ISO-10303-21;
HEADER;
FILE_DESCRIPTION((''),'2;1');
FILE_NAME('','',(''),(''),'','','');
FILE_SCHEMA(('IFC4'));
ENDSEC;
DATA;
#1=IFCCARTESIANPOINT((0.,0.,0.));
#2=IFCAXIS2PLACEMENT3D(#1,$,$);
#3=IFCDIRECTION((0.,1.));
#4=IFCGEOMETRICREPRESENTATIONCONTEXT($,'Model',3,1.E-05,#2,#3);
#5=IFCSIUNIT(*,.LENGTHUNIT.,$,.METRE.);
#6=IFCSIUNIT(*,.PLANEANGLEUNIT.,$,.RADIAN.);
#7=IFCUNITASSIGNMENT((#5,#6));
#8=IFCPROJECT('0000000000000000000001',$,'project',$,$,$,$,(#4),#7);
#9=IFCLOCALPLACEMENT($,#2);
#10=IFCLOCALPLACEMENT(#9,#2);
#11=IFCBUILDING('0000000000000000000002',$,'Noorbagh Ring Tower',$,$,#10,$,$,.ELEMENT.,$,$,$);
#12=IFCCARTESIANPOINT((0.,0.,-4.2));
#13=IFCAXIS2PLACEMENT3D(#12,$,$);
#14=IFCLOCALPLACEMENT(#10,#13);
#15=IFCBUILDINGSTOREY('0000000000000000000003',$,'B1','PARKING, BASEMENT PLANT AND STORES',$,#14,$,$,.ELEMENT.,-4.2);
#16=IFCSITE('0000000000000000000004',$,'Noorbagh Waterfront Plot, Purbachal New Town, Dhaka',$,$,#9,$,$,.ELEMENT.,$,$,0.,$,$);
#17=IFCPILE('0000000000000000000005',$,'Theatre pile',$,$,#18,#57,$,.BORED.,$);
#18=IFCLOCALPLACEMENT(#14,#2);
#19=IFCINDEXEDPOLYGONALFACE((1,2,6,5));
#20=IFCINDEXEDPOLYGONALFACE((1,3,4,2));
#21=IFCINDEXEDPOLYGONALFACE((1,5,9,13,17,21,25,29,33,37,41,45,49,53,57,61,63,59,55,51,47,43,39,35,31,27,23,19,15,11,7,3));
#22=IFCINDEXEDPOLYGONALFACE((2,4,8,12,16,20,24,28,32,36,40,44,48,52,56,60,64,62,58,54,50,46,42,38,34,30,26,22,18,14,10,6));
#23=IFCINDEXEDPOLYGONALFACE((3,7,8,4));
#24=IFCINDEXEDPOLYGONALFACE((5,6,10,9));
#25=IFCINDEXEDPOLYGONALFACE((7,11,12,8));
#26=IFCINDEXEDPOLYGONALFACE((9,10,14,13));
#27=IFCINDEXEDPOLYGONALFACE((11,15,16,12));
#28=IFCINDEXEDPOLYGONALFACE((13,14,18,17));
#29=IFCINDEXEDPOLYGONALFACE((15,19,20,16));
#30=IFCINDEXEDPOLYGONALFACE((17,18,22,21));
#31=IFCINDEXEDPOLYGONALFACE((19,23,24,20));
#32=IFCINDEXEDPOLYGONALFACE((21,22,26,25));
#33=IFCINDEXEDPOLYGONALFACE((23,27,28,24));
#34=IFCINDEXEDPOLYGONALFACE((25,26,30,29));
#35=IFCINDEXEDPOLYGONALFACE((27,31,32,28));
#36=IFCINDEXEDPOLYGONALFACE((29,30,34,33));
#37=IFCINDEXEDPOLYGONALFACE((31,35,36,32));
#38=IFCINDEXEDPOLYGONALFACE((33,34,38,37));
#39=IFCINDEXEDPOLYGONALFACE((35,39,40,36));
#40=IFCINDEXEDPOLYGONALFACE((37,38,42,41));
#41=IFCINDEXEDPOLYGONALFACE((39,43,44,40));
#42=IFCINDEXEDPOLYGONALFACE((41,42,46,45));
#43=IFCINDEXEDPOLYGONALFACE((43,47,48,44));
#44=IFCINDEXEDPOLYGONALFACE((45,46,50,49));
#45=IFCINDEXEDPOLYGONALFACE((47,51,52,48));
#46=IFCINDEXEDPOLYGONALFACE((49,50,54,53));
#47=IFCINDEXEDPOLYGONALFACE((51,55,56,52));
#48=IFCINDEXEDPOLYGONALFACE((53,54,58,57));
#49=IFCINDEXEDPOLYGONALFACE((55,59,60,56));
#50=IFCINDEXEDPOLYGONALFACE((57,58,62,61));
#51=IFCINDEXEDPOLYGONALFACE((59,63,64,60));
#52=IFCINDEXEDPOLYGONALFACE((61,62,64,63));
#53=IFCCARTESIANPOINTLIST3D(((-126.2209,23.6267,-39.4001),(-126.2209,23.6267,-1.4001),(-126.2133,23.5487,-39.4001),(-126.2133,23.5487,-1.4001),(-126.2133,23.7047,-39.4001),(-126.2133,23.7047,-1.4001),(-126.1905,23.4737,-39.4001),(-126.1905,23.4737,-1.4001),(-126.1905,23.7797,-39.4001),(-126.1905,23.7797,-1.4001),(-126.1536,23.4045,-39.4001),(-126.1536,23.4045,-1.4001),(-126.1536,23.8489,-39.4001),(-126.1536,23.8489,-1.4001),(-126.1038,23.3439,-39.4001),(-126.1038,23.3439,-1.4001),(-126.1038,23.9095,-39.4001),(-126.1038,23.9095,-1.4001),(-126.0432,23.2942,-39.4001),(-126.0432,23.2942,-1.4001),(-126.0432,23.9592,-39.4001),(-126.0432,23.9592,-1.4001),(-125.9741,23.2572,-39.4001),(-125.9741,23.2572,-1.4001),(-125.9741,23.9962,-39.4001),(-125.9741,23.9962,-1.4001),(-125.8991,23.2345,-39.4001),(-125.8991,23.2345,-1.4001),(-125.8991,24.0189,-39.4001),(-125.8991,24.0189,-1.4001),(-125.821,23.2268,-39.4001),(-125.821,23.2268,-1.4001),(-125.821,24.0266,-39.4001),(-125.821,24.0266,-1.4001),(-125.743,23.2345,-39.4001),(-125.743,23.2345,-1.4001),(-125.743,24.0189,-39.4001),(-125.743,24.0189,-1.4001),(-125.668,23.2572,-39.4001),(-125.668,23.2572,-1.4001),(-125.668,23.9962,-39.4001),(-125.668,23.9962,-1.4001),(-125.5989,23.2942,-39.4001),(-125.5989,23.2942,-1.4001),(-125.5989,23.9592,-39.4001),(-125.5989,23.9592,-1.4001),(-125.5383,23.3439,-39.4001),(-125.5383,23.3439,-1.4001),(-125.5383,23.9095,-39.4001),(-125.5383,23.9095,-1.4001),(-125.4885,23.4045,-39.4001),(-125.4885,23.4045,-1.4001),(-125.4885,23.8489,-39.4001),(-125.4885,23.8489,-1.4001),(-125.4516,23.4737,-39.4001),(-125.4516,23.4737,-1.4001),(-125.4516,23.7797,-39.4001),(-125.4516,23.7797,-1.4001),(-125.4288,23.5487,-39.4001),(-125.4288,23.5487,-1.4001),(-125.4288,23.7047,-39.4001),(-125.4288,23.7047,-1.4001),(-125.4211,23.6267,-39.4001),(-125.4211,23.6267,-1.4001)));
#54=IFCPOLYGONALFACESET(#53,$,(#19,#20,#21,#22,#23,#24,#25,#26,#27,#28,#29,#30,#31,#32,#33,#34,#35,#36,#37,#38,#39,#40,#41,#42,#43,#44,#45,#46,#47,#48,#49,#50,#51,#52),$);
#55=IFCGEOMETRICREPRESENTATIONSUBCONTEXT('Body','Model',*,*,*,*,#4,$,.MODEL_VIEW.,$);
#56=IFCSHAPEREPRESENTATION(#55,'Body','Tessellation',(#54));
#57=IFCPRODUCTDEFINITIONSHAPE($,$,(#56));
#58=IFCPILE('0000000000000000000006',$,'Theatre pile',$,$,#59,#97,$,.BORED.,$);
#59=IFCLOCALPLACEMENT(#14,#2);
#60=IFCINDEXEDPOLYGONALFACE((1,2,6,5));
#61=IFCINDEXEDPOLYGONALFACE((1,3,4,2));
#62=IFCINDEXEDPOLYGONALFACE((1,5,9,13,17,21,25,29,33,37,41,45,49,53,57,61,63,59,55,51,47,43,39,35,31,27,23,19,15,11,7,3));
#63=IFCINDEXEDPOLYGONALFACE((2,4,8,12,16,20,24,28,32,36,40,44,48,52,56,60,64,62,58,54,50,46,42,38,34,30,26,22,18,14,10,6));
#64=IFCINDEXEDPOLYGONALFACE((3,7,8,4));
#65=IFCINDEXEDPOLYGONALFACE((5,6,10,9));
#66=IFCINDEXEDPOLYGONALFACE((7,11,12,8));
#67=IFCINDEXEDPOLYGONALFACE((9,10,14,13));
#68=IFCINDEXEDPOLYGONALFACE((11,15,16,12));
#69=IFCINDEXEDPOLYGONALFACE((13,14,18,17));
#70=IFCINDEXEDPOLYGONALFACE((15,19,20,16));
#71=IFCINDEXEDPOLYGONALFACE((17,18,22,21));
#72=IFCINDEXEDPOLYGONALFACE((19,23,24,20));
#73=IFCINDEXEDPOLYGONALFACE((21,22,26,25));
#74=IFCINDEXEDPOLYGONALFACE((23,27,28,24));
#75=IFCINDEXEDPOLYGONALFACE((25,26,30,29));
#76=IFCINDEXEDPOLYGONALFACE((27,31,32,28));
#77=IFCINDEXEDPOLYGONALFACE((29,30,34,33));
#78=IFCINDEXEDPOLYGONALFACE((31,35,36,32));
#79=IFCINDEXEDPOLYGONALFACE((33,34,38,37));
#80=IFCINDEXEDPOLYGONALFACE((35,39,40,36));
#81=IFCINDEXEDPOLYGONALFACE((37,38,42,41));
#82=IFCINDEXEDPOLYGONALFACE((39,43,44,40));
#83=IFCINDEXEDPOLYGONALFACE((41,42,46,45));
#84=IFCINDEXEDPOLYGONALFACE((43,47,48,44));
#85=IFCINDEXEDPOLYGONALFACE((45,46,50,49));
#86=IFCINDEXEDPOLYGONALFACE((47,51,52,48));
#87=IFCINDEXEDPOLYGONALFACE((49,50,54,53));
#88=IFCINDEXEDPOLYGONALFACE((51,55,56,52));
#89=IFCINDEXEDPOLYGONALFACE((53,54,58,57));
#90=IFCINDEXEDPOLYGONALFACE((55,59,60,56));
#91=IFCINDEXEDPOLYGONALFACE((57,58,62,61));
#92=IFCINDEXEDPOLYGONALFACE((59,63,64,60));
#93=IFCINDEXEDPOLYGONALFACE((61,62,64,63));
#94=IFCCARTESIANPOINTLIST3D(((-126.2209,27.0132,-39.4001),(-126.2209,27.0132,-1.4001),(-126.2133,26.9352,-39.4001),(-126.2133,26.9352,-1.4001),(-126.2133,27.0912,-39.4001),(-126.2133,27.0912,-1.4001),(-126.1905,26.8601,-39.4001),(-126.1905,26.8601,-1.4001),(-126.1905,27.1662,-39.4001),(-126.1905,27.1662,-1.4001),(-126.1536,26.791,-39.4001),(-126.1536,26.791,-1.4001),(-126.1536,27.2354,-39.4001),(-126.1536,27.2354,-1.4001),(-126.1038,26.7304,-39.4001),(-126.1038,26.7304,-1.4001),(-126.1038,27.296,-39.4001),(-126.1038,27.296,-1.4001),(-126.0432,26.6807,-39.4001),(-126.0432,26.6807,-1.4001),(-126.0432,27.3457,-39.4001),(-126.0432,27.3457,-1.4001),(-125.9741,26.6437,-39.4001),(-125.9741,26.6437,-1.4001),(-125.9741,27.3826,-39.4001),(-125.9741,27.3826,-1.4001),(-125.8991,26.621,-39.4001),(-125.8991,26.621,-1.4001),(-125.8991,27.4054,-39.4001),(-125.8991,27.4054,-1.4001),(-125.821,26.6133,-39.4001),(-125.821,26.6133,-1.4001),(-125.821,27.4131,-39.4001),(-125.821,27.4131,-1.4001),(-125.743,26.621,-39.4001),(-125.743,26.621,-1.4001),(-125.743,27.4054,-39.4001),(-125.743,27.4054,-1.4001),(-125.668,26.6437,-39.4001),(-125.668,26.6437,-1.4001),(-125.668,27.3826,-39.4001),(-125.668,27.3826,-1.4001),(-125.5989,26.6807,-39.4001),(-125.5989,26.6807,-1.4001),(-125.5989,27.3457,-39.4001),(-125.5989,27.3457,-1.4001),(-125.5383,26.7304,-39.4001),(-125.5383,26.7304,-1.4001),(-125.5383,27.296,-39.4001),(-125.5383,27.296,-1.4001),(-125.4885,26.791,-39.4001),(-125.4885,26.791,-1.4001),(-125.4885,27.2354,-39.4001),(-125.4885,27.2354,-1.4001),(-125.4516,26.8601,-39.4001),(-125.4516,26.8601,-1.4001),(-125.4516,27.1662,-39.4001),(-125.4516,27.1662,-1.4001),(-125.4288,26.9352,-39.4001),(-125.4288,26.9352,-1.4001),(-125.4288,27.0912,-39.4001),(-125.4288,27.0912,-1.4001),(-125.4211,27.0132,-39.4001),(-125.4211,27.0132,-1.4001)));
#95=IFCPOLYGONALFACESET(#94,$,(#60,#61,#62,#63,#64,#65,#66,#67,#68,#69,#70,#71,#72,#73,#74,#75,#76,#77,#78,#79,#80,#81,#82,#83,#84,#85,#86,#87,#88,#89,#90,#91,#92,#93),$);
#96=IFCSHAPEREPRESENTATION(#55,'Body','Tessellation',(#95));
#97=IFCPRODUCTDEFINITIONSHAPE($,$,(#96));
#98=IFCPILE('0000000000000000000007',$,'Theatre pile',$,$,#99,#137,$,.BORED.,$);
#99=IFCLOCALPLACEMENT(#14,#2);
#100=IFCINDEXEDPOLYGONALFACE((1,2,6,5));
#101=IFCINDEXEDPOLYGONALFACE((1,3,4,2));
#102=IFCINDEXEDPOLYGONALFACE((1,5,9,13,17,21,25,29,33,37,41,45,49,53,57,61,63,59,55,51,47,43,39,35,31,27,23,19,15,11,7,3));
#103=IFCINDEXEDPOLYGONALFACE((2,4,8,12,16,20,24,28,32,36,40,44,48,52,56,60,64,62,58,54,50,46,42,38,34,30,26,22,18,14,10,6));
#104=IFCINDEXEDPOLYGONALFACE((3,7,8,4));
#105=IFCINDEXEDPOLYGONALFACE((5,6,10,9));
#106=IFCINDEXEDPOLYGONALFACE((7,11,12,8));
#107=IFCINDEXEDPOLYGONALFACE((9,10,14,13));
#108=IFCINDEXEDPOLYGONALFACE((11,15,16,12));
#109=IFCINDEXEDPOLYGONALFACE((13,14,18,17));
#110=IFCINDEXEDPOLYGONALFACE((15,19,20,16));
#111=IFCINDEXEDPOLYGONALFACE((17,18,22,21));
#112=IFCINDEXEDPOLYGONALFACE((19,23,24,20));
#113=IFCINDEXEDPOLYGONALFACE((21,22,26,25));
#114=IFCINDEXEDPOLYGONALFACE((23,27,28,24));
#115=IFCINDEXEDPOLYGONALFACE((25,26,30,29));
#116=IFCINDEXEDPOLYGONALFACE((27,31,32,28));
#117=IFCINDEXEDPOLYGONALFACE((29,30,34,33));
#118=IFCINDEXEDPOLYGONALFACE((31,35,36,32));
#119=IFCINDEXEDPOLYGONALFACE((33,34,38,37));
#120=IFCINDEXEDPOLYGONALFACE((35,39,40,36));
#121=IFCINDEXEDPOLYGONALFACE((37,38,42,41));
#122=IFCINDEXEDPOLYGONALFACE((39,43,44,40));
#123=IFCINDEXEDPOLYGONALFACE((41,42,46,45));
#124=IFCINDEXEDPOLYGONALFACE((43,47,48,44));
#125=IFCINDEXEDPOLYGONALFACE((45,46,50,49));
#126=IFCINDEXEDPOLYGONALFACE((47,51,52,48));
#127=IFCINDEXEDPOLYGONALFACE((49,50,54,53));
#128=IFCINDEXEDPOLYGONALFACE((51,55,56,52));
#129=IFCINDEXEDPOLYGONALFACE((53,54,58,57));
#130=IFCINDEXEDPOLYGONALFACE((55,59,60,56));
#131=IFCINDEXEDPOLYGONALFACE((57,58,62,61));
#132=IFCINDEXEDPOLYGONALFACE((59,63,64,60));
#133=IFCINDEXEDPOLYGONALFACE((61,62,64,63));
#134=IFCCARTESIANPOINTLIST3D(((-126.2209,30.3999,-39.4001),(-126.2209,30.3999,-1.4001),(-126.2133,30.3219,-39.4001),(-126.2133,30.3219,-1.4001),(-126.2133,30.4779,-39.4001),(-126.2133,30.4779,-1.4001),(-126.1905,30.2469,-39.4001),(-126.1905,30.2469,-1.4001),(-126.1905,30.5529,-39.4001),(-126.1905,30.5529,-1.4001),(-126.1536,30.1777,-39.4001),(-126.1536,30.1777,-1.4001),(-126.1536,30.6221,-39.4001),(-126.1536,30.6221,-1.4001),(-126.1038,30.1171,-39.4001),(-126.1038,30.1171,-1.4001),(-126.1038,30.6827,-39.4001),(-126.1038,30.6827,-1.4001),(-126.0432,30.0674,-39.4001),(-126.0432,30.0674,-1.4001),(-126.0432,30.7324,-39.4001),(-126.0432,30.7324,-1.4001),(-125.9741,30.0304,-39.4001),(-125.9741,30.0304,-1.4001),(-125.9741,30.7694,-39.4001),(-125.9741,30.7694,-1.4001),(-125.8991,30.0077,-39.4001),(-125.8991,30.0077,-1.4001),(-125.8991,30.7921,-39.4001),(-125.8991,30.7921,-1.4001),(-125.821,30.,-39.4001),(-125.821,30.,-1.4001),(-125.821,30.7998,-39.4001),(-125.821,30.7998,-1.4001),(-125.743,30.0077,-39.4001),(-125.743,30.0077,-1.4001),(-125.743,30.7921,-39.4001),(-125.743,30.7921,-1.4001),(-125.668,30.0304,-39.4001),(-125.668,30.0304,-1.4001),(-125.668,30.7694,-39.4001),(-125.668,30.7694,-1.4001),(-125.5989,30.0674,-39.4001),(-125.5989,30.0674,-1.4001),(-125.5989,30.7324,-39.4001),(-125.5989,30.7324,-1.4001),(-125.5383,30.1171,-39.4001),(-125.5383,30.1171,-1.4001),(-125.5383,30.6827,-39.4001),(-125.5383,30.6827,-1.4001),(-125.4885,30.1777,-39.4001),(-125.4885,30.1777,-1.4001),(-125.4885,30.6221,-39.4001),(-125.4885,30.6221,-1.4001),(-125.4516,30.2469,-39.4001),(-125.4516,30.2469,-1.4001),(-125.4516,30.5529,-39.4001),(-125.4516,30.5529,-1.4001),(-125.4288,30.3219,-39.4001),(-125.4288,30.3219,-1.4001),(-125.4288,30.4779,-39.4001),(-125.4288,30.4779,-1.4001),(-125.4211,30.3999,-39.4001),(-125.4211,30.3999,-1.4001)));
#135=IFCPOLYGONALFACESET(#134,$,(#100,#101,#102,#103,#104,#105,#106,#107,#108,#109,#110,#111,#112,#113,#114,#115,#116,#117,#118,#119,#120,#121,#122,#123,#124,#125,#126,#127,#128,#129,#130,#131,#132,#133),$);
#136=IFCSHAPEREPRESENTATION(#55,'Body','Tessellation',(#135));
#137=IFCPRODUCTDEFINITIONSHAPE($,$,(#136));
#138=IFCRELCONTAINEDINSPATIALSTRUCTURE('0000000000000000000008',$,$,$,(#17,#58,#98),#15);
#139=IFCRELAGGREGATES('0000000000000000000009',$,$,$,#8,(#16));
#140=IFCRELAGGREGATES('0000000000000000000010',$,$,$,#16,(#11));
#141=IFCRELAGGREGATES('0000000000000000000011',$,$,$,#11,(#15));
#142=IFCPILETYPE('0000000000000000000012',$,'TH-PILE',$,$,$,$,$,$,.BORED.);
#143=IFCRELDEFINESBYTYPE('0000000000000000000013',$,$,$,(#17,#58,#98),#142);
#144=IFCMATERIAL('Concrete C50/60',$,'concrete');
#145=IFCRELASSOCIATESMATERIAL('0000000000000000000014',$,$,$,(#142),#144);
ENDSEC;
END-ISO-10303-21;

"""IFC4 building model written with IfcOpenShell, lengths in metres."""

from ifc_helpers import new_model, si_unit, direction, frame, origin, origin_2d, place, context, subcontext, project, spatial, circle, extrude, material, material_profile, profile_set, type_object, element, save


model = new_model("IFC4")

# Units and contexts
model_context = context("Model", 3, precision=1e-05, world=origin(), true_north=direction((0.0, 1.0)))
body_context = subcontext(model_context, "Body", "Model", "MODEL_VIEW")
ifc_project = project(units=[si_unit("LENGTHUNIT", "METRE"), si_unit("PLANEANGLEUNIT", "RADIAN")], contexts=[model_context])

# Site, building, storey
site_placement = place(None, origin())
site = spatial("IfcSite", under=ifc_project, at=site_placement, Name="Noorbagh Waterfront Plot, Purbachal New Town, Dhaka", CompositionType="ELEMENT", RefElevation=0.0)
building_placement = place(site_placement, origin())
building = spatial("IfcBuilding", under=site, at=building_placement, Name="Noorbagh Ring Tower", CompositionType="ELEMENT")
storey_placement = place(building_placement, frame((0.0, 0.0, -4.2)))
storey = spatial("IfcBuildingStorey", under=building, at=storey_placement, Name="B1", Description="PARKING, BASEMENT PLANT AND STORES", CompositionType="ELEMENT", Elevation=-4.2)

# Piles
ifc_material_1 = material(Name="Concrete C50/60", Category="concrete")
ifc_material_profile = material_profile(ifc_material_1, circle(Radius=0.3999, at=origin_2d()), Name="PILE800")
ifc_profile_set = profile_set([ifc_material_profile], Name="Concrete C50/60")
pile_type = type_object("IfcPileType", Name="TH-PILE", PredefinedType="BORED", material=ifc_profile_set)
for number, where, z_axis, x_axis, name in (
    (1, (-125.821, 23.6267, -1.4001), (0.0, 0.0, -1.0), (1.0, 0.0, 0.0), "Theatre pile"),
    (2, (-125.821, 27.0132, -1.4001), (0.0, 0.0, -1.0), (1.0, 0.0, 0.0), "Theatre pile"),
    (3, (-125.821, 30.3999, -1.4001), (0.0, 0.0, -1.0), (1.0, 0.0, 0.0), "Theatre pile"),
):
    element("IfcPile", number, at=place(storey_placement, frame(where, z_axis=z_axis, x_axis=x_axis)), inside=storey, type_object=pile_type, Name=name, PredefinedType="BORED", context=body_context, shape_type="SweptSolid", body=[
        extrude(circle(Radius=0.3999, at=origin_2d()), origin(), (0.0, 0.0, 1.0), 38.0),
    ])

save(model, "model.ifc")
